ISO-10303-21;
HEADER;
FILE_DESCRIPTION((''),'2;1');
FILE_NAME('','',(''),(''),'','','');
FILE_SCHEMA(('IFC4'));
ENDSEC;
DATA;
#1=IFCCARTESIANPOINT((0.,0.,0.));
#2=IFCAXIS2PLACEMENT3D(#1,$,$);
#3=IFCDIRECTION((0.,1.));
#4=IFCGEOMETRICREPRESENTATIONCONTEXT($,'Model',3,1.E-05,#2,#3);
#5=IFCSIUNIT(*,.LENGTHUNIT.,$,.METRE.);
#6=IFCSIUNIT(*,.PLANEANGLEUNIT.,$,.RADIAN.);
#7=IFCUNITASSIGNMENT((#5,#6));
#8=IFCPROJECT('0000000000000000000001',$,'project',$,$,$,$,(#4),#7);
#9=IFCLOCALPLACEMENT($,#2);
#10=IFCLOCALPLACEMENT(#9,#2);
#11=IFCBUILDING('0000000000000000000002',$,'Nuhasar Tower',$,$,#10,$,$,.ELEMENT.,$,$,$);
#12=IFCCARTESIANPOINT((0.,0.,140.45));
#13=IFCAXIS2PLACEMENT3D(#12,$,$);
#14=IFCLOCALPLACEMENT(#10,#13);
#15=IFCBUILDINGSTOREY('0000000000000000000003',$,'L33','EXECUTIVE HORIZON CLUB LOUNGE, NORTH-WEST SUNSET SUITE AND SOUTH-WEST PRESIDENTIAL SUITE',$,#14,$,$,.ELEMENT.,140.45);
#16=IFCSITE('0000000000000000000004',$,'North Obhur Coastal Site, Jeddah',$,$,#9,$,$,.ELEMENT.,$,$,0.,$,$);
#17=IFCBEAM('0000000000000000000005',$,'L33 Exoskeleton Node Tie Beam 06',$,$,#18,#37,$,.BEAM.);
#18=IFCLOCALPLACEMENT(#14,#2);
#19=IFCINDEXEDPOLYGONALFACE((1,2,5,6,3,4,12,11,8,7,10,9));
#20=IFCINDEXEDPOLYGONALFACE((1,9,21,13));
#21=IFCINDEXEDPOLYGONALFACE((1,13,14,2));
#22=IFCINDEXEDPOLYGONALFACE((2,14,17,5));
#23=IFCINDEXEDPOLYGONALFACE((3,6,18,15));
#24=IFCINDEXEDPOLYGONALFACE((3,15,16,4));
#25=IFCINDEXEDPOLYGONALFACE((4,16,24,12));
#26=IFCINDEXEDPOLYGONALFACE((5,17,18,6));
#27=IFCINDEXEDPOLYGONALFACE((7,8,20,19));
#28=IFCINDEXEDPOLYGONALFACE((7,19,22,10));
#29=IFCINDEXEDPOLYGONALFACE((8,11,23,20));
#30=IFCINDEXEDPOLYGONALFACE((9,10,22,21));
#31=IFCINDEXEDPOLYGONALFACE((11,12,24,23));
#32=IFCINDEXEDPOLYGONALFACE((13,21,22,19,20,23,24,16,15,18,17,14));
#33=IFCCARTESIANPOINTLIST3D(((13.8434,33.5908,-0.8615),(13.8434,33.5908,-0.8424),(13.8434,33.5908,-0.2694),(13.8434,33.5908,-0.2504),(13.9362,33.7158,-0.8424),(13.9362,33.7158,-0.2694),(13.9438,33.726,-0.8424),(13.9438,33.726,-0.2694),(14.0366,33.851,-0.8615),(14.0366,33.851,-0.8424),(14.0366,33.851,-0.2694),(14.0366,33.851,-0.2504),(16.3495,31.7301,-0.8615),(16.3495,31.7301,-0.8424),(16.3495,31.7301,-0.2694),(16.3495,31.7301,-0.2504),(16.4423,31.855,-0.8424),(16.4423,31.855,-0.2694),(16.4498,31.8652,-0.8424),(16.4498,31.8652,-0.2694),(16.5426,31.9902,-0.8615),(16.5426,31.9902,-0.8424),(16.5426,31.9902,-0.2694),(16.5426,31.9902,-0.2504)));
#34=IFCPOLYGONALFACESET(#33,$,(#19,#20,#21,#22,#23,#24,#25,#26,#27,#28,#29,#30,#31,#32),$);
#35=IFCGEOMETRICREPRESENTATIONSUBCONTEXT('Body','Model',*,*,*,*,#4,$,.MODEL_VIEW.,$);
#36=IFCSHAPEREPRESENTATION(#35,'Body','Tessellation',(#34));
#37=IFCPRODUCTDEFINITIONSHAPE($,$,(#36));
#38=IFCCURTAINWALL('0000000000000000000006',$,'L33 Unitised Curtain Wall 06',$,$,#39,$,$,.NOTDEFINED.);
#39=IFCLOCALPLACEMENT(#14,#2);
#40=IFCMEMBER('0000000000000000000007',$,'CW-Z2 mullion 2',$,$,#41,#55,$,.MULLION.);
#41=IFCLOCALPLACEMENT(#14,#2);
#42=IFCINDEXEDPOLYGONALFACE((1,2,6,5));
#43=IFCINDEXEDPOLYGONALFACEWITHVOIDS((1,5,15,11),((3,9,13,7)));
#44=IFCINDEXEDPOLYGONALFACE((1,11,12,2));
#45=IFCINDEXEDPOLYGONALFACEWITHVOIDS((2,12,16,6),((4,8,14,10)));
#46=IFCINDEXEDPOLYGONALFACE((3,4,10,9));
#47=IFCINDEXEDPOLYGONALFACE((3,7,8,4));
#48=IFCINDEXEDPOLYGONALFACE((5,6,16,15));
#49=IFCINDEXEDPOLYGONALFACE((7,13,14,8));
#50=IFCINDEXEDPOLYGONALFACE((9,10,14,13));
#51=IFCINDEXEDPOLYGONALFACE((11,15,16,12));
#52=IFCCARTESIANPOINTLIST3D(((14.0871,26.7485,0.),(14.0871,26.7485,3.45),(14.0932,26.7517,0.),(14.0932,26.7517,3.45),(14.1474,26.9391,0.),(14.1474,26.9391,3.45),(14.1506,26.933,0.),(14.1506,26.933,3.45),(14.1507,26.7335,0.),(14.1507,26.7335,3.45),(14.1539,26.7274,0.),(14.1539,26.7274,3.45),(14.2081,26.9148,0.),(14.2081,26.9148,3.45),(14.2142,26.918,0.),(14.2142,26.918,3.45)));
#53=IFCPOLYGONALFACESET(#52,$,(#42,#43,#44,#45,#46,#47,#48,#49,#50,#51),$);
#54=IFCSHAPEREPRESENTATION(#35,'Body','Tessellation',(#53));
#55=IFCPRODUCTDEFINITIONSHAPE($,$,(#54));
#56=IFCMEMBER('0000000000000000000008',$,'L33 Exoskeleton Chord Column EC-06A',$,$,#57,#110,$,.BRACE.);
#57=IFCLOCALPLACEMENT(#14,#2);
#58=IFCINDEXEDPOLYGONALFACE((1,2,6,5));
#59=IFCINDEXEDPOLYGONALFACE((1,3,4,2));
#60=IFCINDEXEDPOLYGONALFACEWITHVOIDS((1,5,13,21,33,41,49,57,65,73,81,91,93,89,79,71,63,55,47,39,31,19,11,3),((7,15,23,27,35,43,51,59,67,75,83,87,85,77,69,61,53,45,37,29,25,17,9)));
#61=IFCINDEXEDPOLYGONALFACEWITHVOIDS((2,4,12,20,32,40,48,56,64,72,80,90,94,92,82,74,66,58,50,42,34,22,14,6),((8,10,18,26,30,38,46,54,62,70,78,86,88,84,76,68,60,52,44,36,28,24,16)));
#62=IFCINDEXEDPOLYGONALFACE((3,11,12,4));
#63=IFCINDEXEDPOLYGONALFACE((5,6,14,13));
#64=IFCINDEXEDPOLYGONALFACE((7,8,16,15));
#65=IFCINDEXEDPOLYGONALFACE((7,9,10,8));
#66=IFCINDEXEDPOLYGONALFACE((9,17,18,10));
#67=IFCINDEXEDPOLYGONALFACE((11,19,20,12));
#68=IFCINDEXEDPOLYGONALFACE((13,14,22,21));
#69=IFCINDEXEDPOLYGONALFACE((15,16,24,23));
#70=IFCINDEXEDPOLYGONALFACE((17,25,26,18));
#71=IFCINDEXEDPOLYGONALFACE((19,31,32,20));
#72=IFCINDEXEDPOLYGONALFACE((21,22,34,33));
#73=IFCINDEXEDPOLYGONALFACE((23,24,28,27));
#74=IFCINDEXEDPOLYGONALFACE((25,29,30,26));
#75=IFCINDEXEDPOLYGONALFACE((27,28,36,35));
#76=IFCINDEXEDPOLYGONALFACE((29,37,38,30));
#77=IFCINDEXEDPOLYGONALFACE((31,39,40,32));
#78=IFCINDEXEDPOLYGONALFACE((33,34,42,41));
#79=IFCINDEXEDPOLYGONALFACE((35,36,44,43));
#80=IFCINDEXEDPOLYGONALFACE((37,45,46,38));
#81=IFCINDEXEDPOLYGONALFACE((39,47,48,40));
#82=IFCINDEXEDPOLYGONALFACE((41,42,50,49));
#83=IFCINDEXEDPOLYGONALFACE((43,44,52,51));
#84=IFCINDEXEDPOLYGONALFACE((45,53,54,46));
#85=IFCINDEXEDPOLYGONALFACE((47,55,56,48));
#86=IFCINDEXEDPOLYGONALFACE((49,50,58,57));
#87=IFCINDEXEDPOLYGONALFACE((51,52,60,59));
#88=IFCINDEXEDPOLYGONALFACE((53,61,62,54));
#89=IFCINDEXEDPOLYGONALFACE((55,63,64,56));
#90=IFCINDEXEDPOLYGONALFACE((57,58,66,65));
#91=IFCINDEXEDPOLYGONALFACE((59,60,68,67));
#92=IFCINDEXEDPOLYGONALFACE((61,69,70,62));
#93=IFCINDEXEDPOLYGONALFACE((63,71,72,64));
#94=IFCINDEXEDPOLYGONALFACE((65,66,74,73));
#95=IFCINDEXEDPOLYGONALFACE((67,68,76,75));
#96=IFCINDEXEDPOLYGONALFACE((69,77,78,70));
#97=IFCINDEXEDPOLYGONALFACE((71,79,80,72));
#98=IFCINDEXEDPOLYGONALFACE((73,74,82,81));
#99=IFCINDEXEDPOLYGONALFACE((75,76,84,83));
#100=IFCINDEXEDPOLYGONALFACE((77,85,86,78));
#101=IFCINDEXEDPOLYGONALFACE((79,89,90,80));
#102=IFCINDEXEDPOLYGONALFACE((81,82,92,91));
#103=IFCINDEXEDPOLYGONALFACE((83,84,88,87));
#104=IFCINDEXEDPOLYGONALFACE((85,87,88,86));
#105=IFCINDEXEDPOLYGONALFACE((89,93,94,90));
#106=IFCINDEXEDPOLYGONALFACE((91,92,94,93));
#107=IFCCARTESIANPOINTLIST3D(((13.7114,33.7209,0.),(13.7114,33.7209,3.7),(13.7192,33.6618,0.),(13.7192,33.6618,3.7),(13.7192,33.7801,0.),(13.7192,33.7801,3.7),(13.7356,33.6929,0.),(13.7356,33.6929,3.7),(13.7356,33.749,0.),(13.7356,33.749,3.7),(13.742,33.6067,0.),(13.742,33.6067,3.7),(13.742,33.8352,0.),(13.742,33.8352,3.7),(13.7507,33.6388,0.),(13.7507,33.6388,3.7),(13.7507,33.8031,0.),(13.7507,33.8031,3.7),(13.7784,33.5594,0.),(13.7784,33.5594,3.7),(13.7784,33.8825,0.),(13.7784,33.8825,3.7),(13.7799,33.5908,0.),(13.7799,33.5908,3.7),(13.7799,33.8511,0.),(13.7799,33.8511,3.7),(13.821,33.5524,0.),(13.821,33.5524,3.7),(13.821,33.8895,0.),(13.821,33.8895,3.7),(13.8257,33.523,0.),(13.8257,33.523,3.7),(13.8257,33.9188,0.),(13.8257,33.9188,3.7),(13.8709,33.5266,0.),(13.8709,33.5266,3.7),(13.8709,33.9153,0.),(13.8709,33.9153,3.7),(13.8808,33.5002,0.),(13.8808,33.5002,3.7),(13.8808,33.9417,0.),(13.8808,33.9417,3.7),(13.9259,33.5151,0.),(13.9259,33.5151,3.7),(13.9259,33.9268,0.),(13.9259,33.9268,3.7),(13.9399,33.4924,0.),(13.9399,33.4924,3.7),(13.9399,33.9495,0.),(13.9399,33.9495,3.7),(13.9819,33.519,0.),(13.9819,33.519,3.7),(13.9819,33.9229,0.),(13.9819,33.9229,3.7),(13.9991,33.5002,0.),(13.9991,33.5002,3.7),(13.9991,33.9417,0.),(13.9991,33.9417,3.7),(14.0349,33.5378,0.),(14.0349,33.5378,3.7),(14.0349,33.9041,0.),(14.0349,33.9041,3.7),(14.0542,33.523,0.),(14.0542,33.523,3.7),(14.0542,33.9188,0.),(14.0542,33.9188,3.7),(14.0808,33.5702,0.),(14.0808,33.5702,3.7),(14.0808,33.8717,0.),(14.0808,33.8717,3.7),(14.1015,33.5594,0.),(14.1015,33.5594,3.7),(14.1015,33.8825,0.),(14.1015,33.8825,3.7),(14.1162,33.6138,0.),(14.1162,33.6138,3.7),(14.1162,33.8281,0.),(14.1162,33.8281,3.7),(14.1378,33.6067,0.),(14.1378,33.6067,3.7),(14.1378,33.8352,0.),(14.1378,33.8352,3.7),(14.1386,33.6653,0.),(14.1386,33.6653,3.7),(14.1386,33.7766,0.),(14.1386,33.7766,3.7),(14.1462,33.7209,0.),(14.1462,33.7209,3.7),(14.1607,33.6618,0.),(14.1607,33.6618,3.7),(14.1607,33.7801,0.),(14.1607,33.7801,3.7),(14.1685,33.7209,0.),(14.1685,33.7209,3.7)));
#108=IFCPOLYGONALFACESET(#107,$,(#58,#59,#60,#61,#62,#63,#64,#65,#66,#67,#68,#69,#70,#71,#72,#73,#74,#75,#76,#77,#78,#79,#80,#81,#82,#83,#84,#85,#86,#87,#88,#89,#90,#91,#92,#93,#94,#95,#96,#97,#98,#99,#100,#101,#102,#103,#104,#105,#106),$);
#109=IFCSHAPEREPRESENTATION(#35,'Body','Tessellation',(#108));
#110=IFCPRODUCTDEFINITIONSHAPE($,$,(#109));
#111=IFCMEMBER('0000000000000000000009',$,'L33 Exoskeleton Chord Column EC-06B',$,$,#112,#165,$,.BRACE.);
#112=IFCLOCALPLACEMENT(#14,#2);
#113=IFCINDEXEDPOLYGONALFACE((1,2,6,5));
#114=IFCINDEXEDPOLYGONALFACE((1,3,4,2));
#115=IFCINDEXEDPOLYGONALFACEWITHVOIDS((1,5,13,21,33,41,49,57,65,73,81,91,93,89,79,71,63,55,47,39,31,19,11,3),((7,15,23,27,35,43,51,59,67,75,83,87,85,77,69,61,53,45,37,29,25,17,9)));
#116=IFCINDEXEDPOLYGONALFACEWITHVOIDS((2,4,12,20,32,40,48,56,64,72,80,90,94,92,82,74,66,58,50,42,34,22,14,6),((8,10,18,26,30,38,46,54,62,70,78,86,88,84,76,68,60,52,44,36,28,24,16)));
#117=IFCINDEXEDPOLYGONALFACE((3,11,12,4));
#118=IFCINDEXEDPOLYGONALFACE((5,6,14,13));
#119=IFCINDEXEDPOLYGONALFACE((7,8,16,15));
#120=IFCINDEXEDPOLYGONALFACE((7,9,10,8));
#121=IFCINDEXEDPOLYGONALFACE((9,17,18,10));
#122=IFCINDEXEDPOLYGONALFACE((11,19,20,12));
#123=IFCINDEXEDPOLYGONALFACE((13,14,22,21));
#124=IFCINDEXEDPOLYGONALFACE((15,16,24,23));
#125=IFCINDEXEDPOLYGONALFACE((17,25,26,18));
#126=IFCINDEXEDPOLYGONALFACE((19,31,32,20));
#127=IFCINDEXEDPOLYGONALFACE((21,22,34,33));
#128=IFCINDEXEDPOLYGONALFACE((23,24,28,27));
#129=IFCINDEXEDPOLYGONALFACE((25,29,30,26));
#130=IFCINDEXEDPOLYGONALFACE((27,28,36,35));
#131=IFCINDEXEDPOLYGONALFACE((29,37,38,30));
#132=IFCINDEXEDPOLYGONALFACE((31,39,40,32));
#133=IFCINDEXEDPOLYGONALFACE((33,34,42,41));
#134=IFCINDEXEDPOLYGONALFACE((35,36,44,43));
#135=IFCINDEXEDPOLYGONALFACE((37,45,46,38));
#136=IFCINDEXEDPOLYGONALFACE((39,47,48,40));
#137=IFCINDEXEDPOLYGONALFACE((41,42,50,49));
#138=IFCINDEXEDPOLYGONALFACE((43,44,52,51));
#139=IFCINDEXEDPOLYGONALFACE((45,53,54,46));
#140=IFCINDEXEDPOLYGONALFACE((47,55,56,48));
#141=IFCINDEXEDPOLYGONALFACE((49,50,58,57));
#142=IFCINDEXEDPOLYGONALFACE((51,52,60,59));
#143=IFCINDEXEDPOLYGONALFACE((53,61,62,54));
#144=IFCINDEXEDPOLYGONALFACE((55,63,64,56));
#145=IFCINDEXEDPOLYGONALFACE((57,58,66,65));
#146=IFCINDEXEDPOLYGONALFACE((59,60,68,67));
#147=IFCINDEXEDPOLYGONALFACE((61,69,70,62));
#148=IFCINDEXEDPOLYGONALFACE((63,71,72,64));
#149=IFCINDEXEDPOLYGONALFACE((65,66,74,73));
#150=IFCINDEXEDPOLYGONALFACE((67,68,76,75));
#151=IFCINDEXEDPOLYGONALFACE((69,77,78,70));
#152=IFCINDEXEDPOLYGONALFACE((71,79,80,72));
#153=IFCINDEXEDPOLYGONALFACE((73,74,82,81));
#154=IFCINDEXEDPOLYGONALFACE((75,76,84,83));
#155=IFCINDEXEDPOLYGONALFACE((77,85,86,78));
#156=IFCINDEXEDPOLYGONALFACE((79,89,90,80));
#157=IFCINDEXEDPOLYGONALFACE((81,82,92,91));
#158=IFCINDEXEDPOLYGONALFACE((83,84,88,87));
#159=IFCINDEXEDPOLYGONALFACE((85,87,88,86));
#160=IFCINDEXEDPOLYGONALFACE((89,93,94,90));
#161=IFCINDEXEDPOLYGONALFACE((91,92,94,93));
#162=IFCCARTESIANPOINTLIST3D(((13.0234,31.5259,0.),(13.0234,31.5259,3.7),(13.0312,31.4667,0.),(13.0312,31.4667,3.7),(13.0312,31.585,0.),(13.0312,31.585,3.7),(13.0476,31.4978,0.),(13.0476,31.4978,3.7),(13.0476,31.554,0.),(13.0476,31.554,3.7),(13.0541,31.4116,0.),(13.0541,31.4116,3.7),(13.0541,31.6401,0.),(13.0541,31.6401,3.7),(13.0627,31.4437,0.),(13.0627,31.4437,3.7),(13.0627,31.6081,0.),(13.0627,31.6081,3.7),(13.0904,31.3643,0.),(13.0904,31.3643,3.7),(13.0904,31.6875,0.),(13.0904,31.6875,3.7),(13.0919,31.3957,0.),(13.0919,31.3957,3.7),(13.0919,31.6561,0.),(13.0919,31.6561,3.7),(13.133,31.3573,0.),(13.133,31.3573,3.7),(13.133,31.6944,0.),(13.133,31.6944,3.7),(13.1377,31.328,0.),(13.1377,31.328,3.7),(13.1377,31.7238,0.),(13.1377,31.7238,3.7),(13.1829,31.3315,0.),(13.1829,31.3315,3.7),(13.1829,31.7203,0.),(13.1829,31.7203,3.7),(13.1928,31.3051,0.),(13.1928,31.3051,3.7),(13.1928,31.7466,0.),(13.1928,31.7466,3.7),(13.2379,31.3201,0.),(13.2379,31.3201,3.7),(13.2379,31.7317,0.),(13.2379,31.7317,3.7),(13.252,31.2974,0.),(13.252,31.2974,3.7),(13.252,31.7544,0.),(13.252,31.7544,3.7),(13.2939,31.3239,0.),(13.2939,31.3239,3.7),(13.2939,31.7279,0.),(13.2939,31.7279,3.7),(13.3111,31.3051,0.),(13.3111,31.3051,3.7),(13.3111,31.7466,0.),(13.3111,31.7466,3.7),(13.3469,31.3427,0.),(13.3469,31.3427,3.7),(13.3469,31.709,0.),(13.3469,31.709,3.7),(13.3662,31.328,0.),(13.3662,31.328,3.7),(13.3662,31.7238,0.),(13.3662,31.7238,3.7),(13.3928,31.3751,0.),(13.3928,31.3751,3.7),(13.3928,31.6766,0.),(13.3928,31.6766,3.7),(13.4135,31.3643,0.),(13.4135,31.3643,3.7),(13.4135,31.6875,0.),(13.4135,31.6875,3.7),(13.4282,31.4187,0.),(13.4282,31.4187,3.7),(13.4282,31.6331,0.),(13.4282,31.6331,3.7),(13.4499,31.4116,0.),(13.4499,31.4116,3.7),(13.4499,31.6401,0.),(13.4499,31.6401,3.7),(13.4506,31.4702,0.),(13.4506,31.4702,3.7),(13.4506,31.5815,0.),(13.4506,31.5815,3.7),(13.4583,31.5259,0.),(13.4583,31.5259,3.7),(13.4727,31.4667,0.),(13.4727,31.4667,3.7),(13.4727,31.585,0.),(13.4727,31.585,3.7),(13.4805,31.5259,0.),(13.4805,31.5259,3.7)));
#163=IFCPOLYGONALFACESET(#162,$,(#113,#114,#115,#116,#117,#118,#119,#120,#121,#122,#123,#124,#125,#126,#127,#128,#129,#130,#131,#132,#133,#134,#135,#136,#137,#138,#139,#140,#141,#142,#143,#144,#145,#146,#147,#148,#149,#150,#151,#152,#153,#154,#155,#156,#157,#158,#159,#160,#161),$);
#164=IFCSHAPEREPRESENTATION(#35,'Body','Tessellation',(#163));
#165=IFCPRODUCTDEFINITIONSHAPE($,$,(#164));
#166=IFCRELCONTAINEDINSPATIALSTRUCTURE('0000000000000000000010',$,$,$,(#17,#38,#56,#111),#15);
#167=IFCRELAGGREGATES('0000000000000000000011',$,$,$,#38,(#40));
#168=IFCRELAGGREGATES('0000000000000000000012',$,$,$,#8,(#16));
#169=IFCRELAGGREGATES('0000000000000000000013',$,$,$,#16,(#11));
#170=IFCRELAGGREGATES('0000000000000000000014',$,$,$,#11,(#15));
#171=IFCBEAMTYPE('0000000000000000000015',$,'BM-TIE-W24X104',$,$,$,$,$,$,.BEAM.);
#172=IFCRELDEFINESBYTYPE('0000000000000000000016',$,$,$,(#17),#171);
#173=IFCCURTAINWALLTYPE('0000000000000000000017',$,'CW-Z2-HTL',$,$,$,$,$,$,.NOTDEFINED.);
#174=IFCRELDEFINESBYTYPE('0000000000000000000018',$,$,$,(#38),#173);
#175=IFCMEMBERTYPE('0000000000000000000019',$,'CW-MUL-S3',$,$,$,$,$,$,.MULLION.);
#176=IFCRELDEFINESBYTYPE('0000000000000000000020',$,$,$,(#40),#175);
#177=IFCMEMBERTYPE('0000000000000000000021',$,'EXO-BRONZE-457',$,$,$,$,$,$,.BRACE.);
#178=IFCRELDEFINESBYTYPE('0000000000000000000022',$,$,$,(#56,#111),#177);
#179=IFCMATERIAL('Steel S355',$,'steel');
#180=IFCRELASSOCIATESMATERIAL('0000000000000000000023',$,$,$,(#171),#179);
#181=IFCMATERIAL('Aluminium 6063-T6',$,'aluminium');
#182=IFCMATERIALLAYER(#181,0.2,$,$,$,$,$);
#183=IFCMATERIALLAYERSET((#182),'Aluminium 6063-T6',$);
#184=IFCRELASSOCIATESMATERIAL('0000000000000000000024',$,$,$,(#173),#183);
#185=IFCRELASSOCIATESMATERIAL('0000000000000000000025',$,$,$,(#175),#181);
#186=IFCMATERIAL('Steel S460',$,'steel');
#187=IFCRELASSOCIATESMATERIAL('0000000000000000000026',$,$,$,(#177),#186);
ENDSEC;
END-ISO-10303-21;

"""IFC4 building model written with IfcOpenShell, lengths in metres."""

from ifc_helpers import new_model, si_unit, direction, frame, origin, origin_2d, place, context, subcontext, project, spatial, hollow_rectangle, hollow_circle, i_section, extrude, material, layer, layer_set, material_profile, profile_set, type_object, element, aggregate, save


model = new_model("IFC4")

# Units and contexts
model_context = context("Model", 3, precision=1e-05, world=origin(), true_north=direction((0.0, 1.0)))
body_context = subcontext(model_context, "Body", "Model", "MODEL_VIEW")
ifc_project = project(units=[si_unit("LENGTHUNIT", "METRE"), si_unit("PLANEANGLEUNIT", "RADIAN")], contexts=[model_context])

# Site, building, storey
site_placement = place(None, origin())
site = spatial("IfcSite", under=ifc_project, at=site_placement, Name="North Obhur Coastal Site, Jeddah", CompositionType="ELEMENT", RefElevation=0.0)
building_placement = place(site_placement, origin())
building = spatial("IfcBuilding", under=site, at=building_placement, Name="Nuhasar Tower", CompositionType="ELEMENT")
storey_placement = place(building_placement, frame((0.0, 0.0, 140.45)))
storey = spatial("IfcBuildingStorey", under=building, at=storey_placement, Name="L33", Description="EXECUTIVE HORIZON CLUB LOUNGE, NORTH-WEST SUNSET SUITE AND SOUTH-WEST PRESIDENTIAL SUITE", CompositionType="ELEMENT", Elevation=140.45)

# Beam
ifc_material_1 = material(Name="Steel S355", Category="steel")
ifc_material_profile_1 = material_profile(ifc_material_1, i_section(OverallWidth=0.324, OverallDepth=0.6111, WebThickness=0.0127, FlangeThickness=0.019, at=origin_2d()), Name="W24X104")
ifc_profile_set_1 = profile_set([ifc_material_profile_1], Name="Steel S355")
beam_type_1 = type_object("IfcBeamType", Name="BM-TIE-W24X104", PredefinedType="BEAM", material=ifc_profile_set_1)
beam_1_placement = place(storey_placement, frame((16.446, 31.8601, -0.5559), z_axis=(-0.802872, 0.596151, 0.0), x_axis=(-0.596151, -0.802872, 0.0)))
element("IfcBeam", 1, at=beam_1_placement, inside=storey, type_object=beam_type_1, Name="L33 Exoskeleton Node Tie Beam 06", PredefinedType="BEAM", context=body_context, shape_type="SweptSolid", body=[
    extrude(i_section(OverallWidth=0.324, OverallDepth=0.6111, WebThickness=0.0127, FlangeThickness=0.019, at=origin_2d()), origin(), (0.0, 0.0, 1.0), 3.1213),
])

# Curtain wall, member
ifc_material_2 = material(Name="Aluminium 6063-T6", Category="aluminium")
ifc_layer_1 = layer(ifc_material_2, 0.2)
ifc_layer_set_1 = layer_set([ifc_layer_1], Name="Aluminium 6063-T6")
curtain_wall_type = type_object("IfcCurtainWallType", Name="CW-Z2-HTL", PredefinedType="NOTDEFINED", material=ifc_layer_set_1)
curtain_wall_placement = place(storey_placement, origin())
curtain_wall = element("IfcCurtainWall", 2, at=curtain_wall_placement, inside=storey, type_object=curtain_wall_type, Name="L33 Unitised Curtain Wall 06", PredefinedType="NOTDEFINED")
ifc_material_profile_2 = material_profile(ifc_material_2, hollow_rectangle(XDim=0.0701, YDim=0.2, WallThickness=0.0049, at=origin_2d()), Name="CWM-3")
ifc_profile_set_2 = profile_set([ifc_material_profile_2], Name="Aluminium 6063-T6")
member_type_1 = type_object("IfcMemberType", Name="CW-MUL-S3", PredefinedType="MULLION", material=ifc_profile_set_2)
member_1_placement = place(storey_placement, frame((14.1506, 26.8333, 0.0), z_axis=(0.0, 0.0, 1.0), x_axis=(0.953433, -0.301604, 0.0)))
member_1 = element("IfcMember", 3, at=member_1_placement, type_object=member_type_1, Name="CW-Z2 mullion 2", PredefinedType="MULLION", context=body_context, shape_type="SweptSolid", body=[
    extrude(hollow_rectangle(XDim=0.0701, YDim=0.2, WallThickness=0.0049, at=origin_2d()), origin(), (0.0, 0.0, 1.0), 3.45),
])

# Members
ifc_material_3 = material(Name="Steel S460", Category="steel")
ifc_material_profile_3 = material_profile(ifc_material_3, hollow_circle(Radius=0.2285, WallThickness=0.0222, at=origin_2d()), Name="HSS457X22.2")
ifc_profile_set_3 = profile_set([ifc_material_profile_3], Name="Steel S460")
member_type_2 = type_object("IfcMemberType", Name="EXO-BRONZE-457", PredefinedType="BRACE", material=ifc_profile_set_3)
for number, where, z_axis, x_axis, name in (
    (4, (13.9399, 33.7209, 0.0), (0.0, 0.0, 1.0), (1.0, 0.0, 0.0), "L33 Exoskeleton Chord Column EC-06A"),
    (5, (13.252, 31.5259, 0.0), (0.0, 0.0, 1.0), (1.0, 0.0, 0.0), "L33 Exoskeleton Chord Column EC-06B"),
):
    element("IfcMember", number, at=place(storey_placement, frame(where, z_axis=z_axis, x_axis=x_axis)), inside=storey, type_object=member_type_2, Name=name, PredefinedType="BRACE", context=body_context, shape_type="SweptSolid", body=[
        extrude(hollow_circle(Radius=0.2285, WallThickness=0.0222, at=origin_2d()), origin(), (0.0, 0.0, 1.0), 3.7),
    ])

aggregate(curtain_wall, [member_1])

save(model, "model.ifc")
